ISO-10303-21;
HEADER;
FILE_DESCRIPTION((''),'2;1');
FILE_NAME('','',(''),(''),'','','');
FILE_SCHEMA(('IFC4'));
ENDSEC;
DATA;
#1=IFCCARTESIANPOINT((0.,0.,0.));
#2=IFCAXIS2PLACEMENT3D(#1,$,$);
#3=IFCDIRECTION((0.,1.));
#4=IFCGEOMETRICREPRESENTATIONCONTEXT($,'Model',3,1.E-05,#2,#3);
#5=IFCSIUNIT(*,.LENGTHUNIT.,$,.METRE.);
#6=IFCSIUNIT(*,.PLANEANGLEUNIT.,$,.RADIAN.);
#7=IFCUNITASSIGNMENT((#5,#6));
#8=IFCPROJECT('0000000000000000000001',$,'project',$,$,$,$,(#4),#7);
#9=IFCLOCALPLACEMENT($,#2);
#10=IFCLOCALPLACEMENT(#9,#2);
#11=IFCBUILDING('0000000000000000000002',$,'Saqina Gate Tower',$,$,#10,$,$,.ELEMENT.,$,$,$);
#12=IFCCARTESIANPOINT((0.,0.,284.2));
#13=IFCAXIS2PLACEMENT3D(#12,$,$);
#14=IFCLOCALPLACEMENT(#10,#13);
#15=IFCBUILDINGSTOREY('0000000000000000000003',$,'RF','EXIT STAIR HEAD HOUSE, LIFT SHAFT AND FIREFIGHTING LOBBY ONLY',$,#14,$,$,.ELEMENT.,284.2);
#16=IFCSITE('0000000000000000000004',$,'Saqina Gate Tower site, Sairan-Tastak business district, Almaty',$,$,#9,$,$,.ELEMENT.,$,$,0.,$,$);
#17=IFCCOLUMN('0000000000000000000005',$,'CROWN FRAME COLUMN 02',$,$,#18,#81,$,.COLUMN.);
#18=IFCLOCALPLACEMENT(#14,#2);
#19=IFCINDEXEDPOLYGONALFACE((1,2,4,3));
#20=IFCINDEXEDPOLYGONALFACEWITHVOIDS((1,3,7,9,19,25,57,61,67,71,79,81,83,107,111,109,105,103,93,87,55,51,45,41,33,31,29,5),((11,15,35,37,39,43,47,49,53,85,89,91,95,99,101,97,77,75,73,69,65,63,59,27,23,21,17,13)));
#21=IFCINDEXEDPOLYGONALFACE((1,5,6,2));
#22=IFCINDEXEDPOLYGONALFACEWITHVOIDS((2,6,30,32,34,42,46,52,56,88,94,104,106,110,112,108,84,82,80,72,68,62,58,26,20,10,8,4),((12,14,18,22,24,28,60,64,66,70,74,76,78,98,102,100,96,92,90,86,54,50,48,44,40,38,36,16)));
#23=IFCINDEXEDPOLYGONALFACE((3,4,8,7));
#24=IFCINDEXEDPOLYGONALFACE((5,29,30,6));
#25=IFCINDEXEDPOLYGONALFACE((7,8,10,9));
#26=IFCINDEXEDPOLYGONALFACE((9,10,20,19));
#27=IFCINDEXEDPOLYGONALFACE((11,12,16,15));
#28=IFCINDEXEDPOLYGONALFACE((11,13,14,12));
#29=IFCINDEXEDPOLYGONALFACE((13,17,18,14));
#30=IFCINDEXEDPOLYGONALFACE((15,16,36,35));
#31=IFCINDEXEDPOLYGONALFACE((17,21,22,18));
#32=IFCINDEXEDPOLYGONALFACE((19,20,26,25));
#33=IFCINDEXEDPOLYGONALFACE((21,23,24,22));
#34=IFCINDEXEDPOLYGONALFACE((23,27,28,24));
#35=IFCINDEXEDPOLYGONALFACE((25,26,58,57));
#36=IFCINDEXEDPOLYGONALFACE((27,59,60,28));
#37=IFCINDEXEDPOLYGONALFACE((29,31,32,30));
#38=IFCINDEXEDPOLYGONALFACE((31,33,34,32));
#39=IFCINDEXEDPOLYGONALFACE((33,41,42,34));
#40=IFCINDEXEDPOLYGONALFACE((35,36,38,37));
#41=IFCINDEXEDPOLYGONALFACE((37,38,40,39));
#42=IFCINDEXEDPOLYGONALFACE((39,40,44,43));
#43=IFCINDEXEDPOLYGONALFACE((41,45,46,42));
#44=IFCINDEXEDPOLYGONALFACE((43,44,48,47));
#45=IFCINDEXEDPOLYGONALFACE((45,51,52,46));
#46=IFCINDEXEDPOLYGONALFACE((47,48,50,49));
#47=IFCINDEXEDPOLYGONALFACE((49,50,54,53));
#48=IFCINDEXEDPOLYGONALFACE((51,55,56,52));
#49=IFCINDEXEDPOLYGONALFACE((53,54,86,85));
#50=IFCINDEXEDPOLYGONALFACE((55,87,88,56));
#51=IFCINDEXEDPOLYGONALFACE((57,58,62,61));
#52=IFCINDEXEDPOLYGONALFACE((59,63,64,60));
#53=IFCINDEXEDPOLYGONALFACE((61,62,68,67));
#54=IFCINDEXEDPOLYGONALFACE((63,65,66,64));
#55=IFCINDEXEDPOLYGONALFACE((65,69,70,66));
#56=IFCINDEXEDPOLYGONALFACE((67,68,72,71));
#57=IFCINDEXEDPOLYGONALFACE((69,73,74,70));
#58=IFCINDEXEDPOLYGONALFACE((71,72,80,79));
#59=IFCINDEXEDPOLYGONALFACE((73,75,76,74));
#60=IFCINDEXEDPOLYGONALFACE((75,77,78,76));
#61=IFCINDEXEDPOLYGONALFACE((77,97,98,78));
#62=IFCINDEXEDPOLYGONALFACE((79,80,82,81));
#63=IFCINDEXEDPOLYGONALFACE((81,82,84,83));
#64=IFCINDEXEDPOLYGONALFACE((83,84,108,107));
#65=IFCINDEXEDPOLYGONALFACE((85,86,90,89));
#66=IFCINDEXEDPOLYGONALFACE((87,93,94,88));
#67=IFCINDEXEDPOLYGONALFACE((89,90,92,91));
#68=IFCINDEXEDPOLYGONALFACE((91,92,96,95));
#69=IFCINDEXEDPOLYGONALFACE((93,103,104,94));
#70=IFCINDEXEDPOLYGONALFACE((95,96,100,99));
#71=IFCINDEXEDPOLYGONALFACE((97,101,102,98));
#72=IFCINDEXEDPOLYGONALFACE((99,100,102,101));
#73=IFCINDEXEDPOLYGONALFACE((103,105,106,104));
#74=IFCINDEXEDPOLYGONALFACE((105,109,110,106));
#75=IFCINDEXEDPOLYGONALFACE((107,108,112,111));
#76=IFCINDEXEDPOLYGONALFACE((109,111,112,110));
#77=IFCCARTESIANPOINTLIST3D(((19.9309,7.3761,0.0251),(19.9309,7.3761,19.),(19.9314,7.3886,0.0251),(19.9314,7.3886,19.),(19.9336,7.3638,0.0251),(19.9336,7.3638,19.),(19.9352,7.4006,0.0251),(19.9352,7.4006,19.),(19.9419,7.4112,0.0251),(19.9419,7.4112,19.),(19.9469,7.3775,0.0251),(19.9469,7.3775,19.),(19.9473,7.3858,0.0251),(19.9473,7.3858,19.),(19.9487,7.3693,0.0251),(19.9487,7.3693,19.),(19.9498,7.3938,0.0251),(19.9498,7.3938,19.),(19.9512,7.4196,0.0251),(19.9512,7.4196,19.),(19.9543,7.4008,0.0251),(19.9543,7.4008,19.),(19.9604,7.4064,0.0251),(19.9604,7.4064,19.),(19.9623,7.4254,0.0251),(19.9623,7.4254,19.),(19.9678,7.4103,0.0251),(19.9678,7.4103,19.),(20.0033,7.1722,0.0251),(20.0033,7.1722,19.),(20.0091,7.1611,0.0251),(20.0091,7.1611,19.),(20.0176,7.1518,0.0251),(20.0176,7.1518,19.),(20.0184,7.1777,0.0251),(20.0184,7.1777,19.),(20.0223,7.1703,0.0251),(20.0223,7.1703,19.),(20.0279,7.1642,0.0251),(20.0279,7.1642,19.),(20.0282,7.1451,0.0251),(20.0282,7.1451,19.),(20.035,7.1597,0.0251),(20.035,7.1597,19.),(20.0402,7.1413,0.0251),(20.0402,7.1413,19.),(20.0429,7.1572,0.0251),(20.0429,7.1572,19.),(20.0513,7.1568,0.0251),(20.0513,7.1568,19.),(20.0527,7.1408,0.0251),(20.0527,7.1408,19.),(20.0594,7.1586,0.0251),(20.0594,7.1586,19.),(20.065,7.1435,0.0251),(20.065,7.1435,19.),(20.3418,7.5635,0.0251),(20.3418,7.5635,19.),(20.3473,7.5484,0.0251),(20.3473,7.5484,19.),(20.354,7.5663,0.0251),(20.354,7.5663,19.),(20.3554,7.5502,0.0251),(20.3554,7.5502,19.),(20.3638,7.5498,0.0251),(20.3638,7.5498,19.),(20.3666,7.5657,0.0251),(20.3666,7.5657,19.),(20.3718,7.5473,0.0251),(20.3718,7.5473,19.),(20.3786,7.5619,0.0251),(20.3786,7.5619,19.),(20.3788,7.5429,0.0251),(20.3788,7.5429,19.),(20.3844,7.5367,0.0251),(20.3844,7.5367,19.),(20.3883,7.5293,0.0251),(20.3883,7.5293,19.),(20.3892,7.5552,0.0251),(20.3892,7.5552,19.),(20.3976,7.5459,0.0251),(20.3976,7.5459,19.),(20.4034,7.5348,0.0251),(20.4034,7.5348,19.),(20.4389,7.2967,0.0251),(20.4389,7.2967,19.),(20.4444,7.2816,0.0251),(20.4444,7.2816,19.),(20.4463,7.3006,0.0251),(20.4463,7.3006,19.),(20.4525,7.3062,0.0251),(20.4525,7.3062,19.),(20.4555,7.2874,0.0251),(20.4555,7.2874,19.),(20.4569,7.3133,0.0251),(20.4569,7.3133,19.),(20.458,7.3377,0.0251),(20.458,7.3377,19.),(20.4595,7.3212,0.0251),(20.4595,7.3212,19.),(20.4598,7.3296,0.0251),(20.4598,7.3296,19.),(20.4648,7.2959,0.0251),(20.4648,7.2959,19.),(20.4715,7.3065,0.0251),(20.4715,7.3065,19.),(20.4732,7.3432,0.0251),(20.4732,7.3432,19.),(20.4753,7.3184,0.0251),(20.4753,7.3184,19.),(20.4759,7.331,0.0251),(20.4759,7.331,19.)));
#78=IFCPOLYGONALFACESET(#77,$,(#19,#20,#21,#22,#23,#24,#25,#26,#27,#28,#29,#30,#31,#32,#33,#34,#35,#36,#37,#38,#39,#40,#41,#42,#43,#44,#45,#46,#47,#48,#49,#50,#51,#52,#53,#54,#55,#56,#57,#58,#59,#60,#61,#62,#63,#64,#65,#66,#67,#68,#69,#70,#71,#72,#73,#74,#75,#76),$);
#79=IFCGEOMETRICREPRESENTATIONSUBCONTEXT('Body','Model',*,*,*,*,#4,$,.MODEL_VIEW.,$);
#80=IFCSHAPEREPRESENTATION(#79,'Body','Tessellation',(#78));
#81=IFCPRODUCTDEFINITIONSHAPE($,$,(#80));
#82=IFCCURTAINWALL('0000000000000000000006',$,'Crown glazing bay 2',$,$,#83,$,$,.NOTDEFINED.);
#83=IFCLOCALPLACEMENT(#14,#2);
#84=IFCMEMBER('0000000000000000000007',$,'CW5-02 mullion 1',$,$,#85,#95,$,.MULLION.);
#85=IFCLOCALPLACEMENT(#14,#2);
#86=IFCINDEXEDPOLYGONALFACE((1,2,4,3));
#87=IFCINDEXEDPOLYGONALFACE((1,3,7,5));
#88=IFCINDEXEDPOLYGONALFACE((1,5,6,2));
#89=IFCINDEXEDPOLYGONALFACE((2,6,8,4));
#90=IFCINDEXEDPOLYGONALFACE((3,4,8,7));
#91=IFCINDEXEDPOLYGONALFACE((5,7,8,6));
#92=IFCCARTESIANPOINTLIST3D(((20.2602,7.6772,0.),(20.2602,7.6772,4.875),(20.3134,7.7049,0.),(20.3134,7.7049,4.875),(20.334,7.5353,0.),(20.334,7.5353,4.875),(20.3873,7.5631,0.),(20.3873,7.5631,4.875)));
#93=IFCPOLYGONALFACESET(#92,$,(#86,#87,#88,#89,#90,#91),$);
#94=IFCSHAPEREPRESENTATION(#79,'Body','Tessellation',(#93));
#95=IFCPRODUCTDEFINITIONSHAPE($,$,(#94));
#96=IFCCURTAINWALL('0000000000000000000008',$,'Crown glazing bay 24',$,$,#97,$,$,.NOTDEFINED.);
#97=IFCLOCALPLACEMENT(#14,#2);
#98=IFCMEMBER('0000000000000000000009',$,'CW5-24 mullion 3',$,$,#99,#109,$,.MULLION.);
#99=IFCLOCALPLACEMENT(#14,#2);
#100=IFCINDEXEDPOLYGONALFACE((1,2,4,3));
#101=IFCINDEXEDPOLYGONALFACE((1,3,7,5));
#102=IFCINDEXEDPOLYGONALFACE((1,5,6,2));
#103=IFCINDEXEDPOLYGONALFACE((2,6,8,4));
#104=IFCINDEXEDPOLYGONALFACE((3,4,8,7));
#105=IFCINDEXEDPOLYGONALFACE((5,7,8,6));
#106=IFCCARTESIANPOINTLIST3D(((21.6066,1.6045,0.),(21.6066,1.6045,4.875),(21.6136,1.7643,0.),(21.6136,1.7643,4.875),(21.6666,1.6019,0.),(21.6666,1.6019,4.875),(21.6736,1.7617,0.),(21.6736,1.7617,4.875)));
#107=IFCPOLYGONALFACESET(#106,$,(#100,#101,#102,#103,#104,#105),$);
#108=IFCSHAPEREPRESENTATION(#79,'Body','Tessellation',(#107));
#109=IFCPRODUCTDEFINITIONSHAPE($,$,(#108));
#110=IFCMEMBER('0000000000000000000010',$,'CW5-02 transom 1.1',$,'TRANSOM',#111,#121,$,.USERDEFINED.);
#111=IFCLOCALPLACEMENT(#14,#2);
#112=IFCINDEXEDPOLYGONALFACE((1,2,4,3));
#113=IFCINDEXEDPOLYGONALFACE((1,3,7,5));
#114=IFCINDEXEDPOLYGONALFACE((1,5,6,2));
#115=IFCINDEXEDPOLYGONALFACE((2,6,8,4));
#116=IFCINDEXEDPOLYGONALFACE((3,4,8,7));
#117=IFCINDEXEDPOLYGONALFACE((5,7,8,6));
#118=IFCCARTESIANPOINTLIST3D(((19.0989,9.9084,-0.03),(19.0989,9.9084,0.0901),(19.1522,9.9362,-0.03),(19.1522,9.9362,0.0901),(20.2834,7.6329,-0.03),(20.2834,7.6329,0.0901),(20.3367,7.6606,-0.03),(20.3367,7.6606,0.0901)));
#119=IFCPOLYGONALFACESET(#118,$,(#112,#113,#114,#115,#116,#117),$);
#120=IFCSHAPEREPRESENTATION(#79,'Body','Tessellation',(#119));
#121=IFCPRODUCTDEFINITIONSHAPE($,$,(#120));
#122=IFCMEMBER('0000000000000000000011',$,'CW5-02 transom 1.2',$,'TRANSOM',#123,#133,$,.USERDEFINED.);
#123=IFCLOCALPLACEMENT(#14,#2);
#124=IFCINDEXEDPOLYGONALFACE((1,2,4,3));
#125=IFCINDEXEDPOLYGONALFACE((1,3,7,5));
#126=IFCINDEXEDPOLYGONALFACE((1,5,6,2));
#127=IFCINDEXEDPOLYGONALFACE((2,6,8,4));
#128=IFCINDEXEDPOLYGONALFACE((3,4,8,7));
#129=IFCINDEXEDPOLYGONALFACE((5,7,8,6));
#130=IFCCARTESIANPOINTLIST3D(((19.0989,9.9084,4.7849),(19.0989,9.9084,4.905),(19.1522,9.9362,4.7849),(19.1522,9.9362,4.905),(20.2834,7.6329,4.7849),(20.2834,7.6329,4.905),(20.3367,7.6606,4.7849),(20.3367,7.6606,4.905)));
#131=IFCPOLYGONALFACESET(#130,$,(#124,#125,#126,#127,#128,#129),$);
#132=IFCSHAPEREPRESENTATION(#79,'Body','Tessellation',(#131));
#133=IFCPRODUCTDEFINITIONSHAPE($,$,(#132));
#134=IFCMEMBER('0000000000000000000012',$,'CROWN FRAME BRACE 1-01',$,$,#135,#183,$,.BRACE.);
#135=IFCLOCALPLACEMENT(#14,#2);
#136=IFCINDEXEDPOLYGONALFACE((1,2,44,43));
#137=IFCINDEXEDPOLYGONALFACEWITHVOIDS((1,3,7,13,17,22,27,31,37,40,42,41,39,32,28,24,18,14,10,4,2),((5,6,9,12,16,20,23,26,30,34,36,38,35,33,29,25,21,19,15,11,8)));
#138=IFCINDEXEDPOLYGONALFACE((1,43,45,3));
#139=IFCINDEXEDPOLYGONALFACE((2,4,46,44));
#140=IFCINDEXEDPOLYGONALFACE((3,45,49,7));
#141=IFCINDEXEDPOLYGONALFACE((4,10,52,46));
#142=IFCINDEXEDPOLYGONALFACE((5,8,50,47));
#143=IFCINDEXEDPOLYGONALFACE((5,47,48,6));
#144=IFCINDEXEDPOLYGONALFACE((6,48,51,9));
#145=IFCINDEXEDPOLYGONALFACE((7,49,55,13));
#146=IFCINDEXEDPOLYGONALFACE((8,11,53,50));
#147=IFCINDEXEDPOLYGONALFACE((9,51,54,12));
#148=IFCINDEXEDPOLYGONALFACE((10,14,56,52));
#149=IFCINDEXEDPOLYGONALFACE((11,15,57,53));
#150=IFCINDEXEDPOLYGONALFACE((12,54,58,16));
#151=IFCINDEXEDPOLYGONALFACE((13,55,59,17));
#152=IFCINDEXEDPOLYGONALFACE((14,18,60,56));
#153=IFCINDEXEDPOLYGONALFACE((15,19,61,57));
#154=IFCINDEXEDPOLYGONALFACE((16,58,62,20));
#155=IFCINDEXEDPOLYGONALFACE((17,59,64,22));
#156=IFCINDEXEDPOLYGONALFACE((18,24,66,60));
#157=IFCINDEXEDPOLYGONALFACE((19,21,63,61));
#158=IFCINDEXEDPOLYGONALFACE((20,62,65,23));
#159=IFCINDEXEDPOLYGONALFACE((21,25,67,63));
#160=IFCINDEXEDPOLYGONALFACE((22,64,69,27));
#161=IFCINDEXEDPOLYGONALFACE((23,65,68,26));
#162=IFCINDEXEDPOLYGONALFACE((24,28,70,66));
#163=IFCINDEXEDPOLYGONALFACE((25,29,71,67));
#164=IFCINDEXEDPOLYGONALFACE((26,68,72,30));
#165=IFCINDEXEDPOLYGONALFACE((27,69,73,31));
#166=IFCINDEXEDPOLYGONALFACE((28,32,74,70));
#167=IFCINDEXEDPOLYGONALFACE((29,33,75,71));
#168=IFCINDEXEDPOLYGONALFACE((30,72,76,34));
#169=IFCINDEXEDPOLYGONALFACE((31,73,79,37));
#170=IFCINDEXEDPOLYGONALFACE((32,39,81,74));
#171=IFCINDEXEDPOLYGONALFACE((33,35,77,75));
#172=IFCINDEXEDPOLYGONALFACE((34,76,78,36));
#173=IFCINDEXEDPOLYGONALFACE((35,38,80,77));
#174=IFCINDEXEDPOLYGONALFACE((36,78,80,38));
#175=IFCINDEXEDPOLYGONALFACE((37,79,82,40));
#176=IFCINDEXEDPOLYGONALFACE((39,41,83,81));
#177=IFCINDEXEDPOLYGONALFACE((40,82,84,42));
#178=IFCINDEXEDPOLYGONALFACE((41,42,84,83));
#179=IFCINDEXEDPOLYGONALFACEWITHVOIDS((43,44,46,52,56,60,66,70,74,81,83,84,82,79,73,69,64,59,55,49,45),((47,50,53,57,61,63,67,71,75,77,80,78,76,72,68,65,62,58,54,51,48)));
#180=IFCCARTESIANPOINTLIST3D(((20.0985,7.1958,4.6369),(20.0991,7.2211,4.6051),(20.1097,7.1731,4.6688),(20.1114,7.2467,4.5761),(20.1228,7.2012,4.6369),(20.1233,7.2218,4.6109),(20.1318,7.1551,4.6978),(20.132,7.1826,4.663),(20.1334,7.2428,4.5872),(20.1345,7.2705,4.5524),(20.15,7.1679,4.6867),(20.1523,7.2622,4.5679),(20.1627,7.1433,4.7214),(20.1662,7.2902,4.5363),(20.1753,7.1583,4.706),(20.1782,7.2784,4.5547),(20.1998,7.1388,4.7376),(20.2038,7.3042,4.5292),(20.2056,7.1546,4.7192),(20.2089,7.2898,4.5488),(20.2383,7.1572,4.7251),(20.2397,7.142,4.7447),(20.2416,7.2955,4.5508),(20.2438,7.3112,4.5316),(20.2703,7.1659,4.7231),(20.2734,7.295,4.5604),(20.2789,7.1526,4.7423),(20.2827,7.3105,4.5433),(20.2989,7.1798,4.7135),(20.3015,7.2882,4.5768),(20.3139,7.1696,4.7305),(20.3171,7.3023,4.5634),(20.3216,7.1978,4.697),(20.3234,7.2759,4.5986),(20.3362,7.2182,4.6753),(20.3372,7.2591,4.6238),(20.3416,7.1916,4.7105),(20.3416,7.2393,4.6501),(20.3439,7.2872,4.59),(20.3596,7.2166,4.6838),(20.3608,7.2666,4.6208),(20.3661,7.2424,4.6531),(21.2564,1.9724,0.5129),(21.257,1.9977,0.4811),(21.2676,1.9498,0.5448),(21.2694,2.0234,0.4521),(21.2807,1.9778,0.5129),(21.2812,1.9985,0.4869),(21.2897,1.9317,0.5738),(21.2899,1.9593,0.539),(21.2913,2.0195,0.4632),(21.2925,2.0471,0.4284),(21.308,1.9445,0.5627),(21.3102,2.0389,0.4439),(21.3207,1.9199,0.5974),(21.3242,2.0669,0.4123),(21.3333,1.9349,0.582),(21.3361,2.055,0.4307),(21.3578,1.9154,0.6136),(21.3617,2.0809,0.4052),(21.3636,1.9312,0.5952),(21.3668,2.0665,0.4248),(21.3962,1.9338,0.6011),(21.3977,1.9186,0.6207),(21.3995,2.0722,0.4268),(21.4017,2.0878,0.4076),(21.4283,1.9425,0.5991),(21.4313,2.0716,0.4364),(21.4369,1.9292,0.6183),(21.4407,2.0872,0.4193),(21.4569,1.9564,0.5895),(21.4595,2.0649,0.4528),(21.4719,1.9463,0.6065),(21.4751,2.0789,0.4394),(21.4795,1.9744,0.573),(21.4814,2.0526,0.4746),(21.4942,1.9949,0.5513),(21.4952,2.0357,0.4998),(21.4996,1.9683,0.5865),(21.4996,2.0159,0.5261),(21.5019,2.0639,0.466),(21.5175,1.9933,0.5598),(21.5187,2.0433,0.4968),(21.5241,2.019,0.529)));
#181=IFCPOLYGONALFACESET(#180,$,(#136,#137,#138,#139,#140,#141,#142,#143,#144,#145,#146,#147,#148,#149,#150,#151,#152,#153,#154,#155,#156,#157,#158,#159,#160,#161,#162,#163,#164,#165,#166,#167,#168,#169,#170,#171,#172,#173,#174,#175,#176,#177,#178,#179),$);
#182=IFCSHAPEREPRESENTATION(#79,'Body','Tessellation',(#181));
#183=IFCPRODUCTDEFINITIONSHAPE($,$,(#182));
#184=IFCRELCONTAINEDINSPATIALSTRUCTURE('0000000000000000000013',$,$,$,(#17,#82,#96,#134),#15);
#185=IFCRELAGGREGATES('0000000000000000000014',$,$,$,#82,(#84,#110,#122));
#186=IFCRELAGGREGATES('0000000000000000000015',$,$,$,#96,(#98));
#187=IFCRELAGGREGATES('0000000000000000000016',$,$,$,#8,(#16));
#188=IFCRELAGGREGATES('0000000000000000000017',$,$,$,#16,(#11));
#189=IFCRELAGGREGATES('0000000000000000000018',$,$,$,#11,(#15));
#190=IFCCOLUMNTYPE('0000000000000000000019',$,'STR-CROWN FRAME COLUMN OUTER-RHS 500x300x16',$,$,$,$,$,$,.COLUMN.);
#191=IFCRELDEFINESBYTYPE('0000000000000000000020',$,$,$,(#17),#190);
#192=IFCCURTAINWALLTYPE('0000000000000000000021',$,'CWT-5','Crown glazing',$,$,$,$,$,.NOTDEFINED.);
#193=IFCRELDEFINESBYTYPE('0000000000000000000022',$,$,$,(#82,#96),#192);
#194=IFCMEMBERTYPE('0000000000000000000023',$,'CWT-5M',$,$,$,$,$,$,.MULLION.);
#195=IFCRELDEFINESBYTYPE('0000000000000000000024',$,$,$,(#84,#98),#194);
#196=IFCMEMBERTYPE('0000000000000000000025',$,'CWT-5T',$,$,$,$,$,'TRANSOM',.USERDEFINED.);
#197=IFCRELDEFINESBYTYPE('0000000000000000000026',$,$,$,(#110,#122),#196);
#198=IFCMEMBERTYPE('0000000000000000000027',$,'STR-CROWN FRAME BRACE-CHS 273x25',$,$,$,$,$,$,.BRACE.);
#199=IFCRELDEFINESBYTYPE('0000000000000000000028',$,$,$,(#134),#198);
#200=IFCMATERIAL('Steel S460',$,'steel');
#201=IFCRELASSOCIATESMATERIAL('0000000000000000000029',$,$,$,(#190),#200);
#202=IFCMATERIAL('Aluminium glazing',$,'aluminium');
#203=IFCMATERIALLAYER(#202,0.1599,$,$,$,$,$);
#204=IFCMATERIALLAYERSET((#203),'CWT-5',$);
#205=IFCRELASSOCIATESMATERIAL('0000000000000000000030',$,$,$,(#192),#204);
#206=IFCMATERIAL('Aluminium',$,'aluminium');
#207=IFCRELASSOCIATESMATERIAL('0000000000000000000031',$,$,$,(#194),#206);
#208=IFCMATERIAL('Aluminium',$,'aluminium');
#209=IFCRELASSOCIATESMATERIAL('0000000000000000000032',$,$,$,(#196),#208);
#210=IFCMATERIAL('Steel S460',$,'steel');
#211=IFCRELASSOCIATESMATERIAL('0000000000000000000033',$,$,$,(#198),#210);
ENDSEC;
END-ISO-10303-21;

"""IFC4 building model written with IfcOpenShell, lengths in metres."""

from ifc_helpers import new_model, si_unit, direction, frame, origin, origin_2d, place, context, subcontext, project, spatial, rectangle, hollow_rectangle, hollow_circle, extrude, material, layer, layer_set, material_profile, profile_set, type_object, element, aggregate, save


model = new_model("IFC4")

# Units and contexts
model_context = context("Model", 3, precision=1e-05, world=origin(), true_north=direction((0.0, 1.0)))
body_context = subcontext(model_context, "Body", "Model", "MODEL_VIEW")
ifc_project = project(units=[si_unit("LENGTHUNIT", "METRE"), si_unit("PLANEANGLEUNIT", "RADIAN")], contexts=[model_context])

# Site, building, storey
site_placement = place(None, origin())
site = spatial("IfcSite", under=ifc_project, at=site_placement, Name="Saqina Gate Tower site, Sairan-Tastak business district, Almaty", CompositionType="ELEMENT", RefElevation=0.0)
building_placement = place(site_placement, origin())
building = spatial("IfcBuilding", under=site, at=building_placement, Name="Saqina Gate Tower", CompositionType="ELEMENT")
storey_placement = place(building_placement, frame((0.0, 0.0, 284.2)))
storey = spatial("IfcBuildingStorey", under=building, at=storey_placement, Name="RF", Description="EXIT STAIR HEAD HOUSE, LIFT SHAFT AND FIREFIGHTING LOBBY ONLY", CompositionType="ELEMENT", Elevation=284.2)

# Column
ifc_material_1 = material(Name="Steel S460", Category="steel")
ifc_material_profile_1 = material_profile(ifc_material_1, hollow_rectangle(XDim=0.3, YDim=0.5, WallThickness=0.0161, InnerFilletRadius=0.032, OuterFilletRadius=0.0481, at=origin_2d()), Name="RHS 500x300x16")
ifc_profile_set_1 = profile_set([ifc_material_profile_1], Name="Steel S460")
column_type_1 = type_object("IfcColumnType", Name="STR-CROWN FRAME COLUMN OUTER-RHS 500x300x16", PredefinedType="COLUMN", material=ifc_profile_set_1)
for number, where, z_axis, x_axis, name in (
    (1, (20.2034, 7.3535, 0.0251), (0.0, 0.0, 1.0), (-0.34202, 0.939693, 0.0), "CROWN FRAME COLUMN 02"),
):
    element("IfcColumn", number, at=place(storey_placement, frame(where, z_axis=z_axis, x_axis=x_axis)), inside=storey, type_object=column_type_1, Name=name, PredefinedType="COLUMN", context=body_context, shape_type="SweptSolid", body=[
        extrude(hollow_rectangle(XDim=0.3, YDim=0.5, WallThickness=0.0161, InnerFilletRadius=0.032, OuterFilletRadius=0.0481, at=origin_2d()), origin(), (0.0, 0.0, 1.0), 18.9749),
    ])

# Curtain walls, members
ifc_material_2 = material(Name="Aluminium glazing", Category="aluminium")
ifc_layer_1 = layer(ifc_material_2, 0.1599)
ifc_layer_set_1 = layer_set([ifc_layer_1], Name="CWT-5")
curtain_wall_type = type_object("IfcCurtainWallType", Name="CWT-5", Description="Crown glazing", PredefinedType="NOTDEFINED", material=ifc_layer_set_1)
curtain_wall_1_placement = place(storey_placement, origin())
curtain_wall_1 = element("IfcCurtainWall", 2, at=curtain_wall_1_placement, inside=storey, type_object=curtain_wall_type, Name="Crown glazing bay 2", PredefinedType="NOTDEFINED")
ifc_material_3 = material(Name="Aluminium", Category="aluminium")
ifc_material_profile_2 = material_profile(ifc_material_3, rectangle(XDim=0.0601, YDim=0.1599, at=origin_2d()), Name="Aluminium 60x160")
ifc_profile_set_2 = profile_set([ifc_material_profile_2], Name="Aluminium")
member_type_1 = type_object("IfcMemberType", Name="CWT-5M", PredefinedType="MULLION", material=ifc_profile_set_2)
member_1_placement = place(storey_placement, frame((20.3237, 7.6201, 0.0), z_axis=(0.0, 0.0, 1.0), x_axis=(-0.88701, -0.461751, 0.0)))
member_1 = element("IfcMember", 3, at=member_1_placement, type_object=member_type_1, Name="CW5-02 mullion 1", PredefinedType="MULLION", context=body_context, shape_type="SweptSolid", body=[
    extrude(rectangle(XDim=0.0601, YDim=0.1599, at=origin_2d()), origin(), (0.0, 0.0, 1.0), 4.875),
])
curtain_wall_2_placement = place(storey_placement, origin())
curtain_wall_2 = element("IfcCurtainWall", 4, at=curtain_wall_2_placement, inside=storey, type_object=curtain_wall_type, Name="Crown glazing bay 24", PredefinedType="NOTDEFINED")
member_2_placement = place(storey_placement, frame((21.6401, 1.6831, 0.0), z_axis=(0.0, 0.0, 1.0), x_axis=(-0.999048, 0.043629, 0.0)))
member_2 = element("IfcMember", 5, at=member_2_placement, type_object=member_type_1, Name="CW5-24 mullion 3", PredefinedType="MULLION", context=body_context, shape_type="SweptSolid", body=[
    extrude(rectangle(XDim=0.0601, YDim=0.1599, at=origin_2d()), origin(), (0.0, 0.0, 1.0), 4.875),
])

# Members
ifc_material_4 = material(Name="Aluminium", Category="aluminium")
ifc_material_profile_3 = material_profile(ifc_material_4, rectangle(XDim=0.0601, YDim=0.1201, at=origin_2d()), Name="Aluminium 60x120")
ifc_profile_set_3 = profile_set([ifc_material_profile_3], Name="Aluminium")
member_type_2 = type_object("IfcMemberType", Name="CWT-5T", ElementType="TRANSOM", PredefinedType="USERDEFINED", material=ifc_profile_set_3)
member_3_placement = place(storey_placement, frame((20.3101, 7.6467, 0.03), z_axis=(-0.461733, 0.887019, 0.0), x_axis=(-0.887019, -0.461733, 0.0)))
member_3 = element("IfcMember", 6, at=member_3_placement, type_object=member_type_2, Name="CW5-02 transom 1.1", ObjectType="TRANSOM", PredefinedType="USERDEFINED", context=body_context, shape_type="SweptSolid", body=[
    extrude(rectangle(XDim=0.0601, YDim=0.1201, at=origin_2d()), origin(), (0.0, 0.0, 1.0), 2.5654),
])
member_4_placement = place(storey_placement, frame((20.3101, 7.6467, 4.845), z_axis=(-0.461733, 0.887019, 0.0), x_axis=(-0.887019, -0.461733, 0.0)))
member_4 = element("IfcMember", 7, at=member_4_placement, type_object=member_type_2, Name="CW5-02 transom 1.2", ObjectType="TRANSOM", PredefinedType="USERDEFINED", context=body_context, shape_type="SweptSolid", body=[
    extrude(rectangle(XDim=0.0601, YDim=0.1201, at=origin_2d()), origin(), (0.0, 0.0, 1.0), 2.5654),
])
ifc_material_5 = material(Name="Steel S460", Category="steel")
ifc_material_profile_4 = material_profile(ifc_material_5, hollow_circle(Radius=0.1365, WallThickness=0.0249, at=origin_2d()), Name="CHS 273x25")
ifc_profile_set_4 = profile_set([ifc_material_profile_4], Name="Steel S460")
member_type_3 = type_object("IfcMemberType", Name="STR-CROWN FRAME BRACE-CHS 273x25", PredefinedType="BRACE", material=ifc_profile_set_4)
member_5_placement = place(storey_placement, frame((21.3896, 2.002, 0.5129), z_axis=(-0.171418, 0.773244, 0.610499), x_axis=(-0.976298, -0.216433, 0.0)))
element("IfcMember", 8, at=member_5_placement, inside=storey, type_object=member_type_3, Name="CROWN FRAME BRACE 1-01", PredefinedType="BRACE", context=body_context, shape_type="SweptSolid", body=[
    extrude(hollow_circle(Radius=0.1365, WallThickness=0.0249, at=origin_2d()), origin(), (0.0, 0.0, 1.0), 6.7551),
])

aggregate(curtain_wall_1, [member_1, member_3, member_4])
aggregate(curtain_wall_2, [member_2])

save(model, "model.ifc")
